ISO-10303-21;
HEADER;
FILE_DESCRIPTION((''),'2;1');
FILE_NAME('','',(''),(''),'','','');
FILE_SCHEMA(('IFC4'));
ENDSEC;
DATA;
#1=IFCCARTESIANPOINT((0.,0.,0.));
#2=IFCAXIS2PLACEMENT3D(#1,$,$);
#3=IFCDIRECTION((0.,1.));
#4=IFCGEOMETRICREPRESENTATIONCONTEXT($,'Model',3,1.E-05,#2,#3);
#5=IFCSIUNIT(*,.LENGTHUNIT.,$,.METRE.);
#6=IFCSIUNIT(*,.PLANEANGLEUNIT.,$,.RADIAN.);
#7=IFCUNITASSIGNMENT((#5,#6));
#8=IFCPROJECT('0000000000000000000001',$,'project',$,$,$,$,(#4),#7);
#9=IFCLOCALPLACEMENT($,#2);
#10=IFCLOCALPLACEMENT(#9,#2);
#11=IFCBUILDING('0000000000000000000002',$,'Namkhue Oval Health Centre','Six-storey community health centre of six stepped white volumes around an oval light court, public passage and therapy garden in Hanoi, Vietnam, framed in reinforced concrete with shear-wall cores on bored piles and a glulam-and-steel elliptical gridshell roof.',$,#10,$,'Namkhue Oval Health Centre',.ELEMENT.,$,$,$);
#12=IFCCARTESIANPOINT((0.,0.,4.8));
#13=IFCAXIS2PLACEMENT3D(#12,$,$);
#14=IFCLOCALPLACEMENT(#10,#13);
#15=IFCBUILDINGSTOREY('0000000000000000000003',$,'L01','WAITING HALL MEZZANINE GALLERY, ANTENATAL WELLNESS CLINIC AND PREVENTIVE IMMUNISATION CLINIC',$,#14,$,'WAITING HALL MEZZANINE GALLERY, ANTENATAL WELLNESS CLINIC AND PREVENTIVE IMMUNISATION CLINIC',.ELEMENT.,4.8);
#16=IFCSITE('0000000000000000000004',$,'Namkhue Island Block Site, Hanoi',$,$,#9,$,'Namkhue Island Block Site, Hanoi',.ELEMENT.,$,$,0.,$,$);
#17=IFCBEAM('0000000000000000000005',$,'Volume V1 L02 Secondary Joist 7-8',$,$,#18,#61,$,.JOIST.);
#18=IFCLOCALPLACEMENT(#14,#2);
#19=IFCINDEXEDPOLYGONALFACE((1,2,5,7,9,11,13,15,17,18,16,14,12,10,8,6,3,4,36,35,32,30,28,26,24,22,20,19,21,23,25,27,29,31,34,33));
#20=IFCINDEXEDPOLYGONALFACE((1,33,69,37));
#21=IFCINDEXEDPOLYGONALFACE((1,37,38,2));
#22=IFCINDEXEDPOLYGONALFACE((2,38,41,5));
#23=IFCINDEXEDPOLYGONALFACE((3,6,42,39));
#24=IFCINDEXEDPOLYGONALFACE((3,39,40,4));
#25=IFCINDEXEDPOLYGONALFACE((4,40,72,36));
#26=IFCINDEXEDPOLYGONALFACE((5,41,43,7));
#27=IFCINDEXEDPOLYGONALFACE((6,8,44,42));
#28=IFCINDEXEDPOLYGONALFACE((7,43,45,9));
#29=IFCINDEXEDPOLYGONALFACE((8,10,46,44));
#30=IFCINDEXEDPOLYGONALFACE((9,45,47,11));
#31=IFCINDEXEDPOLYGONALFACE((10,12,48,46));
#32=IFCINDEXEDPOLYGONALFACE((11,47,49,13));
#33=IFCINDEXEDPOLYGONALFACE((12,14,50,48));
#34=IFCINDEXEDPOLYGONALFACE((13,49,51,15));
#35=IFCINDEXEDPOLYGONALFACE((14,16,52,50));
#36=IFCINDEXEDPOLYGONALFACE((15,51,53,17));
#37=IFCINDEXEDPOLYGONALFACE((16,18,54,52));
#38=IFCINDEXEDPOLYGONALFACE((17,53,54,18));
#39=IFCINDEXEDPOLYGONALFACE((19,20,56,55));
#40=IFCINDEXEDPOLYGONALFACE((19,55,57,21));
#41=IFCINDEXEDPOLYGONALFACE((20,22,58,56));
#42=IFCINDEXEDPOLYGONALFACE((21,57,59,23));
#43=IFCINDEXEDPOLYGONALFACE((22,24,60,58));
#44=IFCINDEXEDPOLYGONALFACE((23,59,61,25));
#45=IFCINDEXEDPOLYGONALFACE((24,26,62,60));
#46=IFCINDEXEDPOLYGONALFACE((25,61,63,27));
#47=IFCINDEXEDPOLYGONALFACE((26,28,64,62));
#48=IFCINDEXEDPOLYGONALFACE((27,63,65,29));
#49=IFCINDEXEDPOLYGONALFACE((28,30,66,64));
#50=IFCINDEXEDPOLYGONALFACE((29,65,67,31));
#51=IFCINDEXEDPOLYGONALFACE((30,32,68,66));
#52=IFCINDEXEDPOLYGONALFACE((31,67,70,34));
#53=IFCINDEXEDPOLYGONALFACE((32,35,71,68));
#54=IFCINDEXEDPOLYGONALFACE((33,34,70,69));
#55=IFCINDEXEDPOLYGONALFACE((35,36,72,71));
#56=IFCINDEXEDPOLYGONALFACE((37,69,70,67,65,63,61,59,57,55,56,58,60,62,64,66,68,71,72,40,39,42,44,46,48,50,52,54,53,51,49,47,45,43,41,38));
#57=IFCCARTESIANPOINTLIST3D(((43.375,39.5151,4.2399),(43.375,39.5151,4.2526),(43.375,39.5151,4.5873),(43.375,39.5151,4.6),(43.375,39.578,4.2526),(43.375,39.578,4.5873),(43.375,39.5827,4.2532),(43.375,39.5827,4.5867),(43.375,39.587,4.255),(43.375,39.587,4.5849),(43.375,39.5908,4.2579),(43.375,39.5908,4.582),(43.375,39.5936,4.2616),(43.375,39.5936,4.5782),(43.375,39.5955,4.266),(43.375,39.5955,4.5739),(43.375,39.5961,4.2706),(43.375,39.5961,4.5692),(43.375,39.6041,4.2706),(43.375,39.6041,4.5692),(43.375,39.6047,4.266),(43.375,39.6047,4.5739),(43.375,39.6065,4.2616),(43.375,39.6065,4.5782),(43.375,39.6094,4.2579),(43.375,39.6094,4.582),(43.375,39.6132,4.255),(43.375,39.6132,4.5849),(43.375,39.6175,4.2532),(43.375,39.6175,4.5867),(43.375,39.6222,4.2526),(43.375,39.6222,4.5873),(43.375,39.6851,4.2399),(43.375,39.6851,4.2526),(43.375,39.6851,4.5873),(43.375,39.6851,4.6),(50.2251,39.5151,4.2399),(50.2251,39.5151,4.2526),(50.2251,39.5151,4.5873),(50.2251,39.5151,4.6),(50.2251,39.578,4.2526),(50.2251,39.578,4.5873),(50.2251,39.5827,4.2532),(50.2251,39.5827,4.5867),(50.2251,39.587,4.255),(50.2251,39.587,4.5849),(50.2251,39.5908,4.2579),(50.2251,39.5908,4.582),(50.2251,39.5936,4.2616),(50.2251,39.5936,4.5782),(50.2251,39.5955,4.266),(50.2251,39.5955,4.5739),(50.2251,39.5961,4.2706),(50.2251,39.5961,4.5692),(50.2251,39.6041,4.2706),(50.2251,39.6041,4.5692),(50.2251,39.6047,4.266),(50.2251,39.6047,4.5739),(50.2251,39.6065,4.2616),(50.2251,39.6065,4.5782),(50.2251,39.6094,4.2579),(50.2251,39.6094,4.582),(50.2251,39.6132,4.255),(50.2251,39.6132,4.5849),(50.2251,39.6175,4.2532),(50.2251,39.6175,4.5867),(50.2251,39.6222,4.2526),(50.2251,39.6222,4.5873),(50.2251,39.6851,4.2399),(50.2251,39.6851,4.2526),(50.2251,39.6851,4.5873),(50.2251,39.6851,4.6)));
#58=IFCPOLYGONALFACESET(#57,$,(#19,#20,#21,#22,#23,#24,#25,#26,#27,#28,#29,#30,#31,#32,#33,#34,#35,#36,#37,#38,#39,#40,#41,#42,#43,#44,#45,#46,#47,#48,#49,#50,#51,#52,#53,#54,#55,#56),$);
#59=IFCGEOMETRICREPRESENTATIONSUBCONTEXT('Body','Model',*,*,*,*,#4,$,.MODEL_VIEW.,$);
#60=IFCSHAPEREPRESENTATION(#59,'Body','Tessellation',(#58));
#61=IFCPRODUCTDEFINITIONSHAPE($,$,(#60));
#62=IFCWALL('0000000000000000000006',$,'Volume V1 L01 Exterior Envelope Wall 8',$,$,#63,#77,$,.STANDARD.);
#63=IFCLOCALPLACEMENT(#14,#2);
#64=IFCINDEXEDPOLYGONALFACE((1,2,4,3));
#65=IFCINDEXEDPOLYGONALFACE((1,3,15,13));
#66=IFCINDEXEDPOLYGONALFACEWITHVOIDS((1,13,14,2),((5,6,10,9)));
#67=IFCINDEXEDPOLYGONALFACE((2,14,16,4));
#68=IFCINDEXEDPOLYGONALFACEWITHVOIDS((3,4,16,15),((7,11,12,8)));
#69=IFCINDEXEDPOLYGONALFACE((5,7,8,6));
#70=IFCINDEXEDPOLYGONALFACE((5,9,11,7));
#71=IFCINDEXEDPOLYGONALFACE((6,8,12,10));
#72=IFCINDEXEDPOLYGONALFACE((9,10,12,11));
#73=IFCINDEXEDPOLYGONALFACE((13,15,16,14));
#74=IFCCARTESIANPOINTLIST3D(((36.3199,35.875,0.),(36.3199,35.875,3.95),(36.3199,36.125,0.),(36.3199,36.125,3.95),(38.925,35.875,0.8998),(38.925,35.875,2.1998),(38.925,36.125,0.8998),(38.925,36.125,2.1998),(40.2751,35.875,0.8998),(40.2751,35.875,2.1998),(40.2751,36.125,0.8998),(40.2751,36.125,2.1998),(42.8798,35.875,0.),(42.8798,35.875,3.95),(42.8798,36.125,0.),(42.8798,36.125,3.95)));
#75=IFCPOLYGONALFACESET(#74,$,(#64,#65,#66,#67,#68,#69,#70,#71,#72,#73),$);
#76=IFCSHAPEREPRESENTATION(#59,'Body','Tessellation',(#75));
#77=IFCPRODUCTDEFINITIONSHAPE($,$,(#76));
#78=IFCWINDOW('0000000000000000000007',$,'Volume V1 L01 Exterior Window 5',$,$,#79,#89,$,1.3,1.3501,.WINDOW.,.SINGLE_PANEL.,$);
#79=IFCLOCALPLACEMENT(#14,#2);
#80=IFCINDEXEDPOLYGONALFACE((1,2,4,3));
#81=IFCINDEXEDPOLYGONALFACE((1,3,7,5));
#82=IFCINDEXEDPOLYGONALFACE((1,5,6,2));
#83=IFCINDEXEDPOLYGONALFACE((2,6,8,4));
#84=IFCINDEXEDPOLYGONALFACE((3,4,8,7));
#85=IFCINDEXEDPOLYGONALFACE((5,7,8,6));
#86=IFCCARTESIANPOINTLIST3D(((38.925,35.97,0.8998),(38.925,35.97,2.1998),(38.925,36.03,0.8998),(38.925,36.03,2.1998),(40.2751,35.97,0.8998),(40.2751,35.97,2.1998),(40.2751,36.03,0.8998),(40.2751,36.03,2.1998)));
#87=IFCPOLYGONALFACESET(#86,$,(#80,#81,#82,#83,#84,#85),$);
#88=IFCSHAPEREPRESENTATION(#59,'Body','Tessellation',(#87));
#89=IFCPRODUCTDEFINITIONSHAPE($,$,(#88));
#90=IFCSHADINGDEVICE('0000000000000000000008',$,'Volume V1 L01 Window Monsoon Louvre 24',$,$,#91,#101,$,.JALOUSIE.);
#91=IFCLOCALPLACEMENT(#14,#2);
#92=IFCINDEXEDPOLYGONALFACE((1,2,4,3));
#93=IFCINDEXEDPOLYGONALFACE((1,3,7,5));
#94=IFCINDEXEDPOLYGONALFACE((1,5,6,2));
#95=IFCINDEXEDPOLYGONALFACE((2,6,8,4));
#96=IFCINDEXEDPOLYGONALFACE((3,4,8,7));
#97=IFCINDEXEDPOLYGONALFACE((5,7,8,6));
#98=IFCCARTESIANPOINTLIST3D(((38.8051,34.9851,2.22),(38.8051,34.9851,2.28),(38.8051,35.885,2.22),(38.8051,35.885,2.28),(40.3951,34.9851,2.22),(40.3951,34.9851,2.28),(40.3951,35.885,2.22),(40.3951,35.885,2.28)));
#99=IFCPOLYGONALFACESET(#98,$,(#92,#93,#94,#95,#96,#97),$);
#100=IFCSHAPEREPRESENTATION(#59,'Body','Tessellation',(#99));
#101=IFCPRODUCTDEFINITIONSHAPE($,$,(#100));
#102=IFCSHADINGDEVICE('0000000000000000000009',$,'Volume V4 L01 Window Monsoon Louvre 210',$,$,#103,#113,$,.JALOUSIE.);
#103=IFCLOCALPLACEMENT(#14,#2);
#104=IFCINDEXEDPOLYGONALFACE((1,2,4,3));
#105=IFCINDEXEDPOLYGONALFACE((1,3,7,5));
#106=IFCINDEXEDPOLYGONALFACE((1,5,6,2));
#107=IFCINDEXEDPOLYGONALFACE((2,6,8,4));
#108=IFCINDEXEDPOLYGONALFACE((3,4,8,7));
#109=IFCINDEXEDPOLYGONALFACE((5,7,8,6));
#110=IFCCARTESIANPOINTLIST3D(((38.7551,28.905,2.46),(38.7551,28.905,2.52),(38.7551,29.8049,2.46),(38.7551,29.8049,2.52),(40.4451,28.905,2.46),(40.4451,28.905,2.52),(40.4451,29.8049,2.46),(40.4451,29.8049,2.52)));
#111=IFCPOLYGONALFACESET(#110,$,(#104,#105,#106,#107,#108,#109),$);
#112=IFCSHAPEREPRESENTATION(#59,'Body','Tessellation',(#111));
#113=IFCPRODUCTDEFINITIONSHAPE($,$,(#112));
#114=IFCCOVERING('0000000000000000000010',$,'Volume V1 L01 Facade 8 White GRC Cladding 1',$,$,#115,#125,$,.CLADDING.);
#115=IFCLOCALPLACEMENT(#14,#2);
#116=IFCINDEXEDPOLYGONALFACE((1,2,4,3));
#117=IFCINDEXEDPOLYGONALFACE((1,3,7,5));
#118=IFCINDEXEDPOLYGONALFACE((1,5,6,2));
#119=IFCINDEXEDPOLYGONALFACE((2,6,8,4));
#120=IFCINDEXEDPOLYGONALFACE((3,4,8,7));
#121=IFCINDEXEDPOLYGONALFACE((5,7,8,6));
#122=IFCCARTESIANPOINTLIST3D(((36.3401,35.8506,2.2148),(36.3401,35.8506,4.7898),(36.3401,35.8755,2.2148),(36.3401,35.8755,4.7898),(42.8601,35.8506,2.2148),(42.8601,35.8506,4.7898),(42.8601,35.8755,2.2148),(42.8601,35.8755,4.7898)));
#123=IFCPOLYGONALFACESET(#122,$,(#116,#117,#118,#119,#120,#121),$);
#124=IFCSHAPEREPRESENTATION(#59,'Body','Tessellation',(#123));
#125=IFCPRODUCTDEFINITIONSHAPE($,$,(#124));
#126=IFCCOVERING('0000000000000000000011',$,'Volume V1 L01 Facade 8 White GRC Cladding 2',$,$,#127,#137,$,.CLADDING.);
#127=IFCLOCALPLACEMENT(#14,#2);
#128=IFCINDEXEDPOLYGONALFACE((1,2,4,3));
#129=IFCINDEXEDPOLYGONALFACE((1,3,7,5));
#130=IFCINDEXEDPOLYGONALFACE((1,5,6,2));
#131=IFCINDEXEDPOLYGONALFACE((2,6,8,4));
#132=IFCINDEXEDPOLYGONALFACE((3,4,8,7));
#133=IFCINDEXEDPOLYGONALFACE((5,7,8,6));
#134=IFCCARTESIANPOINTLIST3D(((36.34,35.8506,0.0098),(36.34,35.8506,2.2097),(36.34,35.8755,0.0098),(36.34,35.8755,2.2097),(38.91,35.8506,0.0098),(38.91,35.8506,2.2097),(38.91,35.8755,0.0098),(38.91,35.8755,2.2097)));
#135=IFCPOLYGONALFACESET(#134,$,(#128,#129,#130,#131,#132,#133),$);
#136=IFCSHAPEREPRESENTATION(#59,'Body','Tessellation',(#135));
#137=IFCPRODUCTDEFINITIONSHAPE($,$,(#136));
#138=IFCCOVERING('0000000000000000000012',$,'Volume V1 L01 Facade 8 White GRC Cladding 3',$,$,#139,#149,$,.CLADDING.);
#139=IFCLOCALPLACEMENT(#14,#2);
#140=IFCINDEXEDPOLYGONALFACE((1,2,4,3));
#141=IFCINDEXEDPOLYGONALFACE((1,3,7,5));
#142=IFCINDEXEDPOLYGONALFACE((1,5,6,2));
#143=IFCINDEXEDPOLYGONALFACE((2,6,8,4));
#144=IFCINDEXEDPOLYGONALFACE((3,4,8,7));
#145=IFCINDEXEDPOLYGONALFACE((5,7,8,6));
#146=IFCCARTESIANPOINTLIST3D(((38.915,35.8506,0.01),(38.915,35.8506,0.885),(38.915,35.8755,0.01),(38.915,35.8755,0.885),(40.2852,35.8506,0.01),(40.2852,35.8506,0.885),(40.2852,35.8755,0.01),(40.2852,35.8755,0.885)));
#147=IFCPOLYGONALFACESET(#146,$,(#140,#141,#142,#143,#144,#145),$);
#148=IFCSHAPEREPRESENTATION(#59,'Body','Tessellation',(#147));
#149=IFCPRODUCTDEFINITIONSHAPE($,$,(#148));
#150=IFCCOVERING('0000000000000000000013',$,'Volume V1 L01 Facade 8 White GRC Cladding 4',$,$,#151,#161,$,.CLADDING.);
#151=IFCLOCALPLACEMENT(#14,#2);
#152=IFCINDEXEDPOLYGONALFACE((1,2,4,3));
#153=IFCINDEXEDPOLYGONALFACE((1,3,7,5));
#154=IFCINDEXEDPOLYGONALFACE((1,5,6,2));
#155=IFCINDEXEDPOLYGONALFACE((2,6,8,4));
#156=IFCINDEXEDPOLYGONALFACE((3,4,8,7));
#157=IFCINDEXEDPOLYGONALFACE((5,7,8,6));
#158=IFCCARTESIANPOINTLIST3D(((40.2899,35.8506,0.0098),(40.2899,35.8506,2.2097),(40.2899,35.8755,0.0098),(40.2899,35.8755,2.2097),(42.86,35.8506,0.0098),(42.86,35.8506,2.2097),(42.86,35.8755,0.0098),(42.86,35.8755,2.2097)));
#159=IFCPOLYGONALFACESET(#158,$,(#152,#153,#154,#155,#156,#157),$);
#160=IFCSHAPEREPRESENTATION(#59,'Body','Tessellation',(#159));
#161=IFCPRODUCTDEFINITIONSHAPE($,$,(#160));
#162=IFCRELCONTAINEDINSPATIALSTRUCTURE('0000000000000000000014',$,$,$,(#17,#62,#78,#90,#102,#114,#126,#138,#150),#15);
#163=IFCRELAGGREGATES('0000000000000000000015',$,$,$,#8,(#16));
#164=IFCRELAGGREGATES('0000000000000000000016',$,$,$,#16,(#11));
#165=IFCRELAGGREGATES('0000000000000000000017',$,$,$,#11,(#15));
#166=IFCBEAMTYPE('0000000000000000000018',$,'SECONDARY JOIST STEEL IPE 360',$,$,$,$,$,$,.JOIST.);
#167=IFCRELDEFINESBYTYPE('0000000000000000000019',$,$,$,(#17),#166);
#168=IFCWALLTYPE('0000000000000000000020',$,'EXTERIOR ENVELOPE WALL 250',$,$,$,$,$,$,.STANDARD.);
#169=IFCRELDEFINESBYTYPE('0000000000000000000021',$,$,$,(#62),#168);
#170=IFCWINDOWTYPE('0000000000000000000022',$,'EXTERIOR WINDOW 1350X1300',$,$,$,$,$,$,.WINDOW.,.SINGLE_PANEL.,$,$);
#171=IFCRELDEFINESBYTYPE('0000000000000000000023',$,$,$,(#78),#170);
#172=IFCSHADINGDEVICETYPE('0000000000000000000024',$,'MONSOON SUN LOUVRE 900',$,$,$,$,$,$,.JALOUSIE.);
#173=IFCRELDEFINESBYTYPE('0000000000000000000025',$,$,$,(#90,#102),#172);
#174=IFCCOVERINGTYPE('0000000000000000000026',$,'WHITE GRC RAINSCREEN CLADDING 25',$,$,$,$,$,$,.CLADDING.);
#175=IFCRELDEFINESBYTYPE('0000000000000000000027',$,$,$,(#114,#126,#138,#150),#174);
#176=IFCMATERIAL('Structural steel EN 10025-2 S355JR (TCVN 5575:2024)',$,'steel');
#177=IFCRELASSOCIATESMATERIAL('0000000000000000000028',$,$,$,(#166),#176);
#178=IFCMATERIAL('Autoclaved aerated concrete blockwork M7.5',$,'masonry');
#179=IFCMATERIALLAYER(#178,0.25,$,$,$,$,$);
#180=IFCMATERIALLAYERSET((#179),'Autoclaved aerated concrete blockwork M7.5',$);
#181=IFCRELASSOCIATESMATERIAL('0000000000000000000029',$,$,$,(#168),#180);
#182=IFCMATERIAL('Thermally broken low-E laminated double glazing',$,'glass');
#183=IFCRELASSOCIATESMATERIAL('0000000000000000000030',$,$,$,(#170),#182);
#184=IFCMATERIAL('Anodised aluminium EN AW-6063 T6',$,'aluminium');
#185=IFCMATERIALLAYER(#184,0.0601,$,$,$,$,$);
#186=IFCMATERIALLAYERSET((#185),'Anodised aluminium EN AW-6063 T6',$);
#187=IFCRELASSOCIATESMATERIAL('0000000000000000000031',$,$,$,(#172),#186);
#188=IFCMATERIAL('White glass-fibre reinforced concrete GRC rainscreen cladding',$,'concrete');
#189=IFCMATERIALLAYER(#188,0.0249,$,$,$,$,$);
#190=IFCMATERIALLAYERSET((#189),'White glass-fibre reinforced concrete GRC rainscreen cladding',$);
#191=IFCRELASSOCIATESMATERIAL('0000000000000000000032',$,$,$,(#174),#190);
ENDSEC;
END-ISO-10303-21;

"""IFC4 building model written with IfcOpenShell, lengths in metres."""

from ifc_helpers import new_model, si_unit, direction, frame, frame_2d, origin, origin_2d, place, context, subcontext, project, spatial, rectangle, i_section, extrude, material, layer, layer_set, material_profile, profile_set, type_object, element, fill, save


model = new_model("IFC4")

# Units and contexts
model_context = context("Model", 3, precision=1e-05, world=origin(), true_north=direction((0.0, 1.0)))
body_context = subcontext(model_context, "Body", "Model", "MODEL_VIEW")
ifc_project = project(units=[si_unit("LENGTHUNIT", "METRE"), si_unit("PLANEANGLEUNIT", "RADIAN")], contexts=[model_context])

# Site, building, storey
site_placement = place(None, origin())
site = spatial("IfcSite", under=ifc_project, at=site_placement, Name="Namkhue Island Block Site, Hanoi", LongName="Namkhue Island Block Site, Hanoi", CompositionType="ELEMENT", RefElevation=0.0)
building_placement = place(site_placement, origin())
building = spatial("IfcBuilding", under=site, at=building_placement, Name="Namkhue Oval Health Centre", Description="Six-storey community health centre of six stepped white volumes around an oval light court, public passage and therapy garden in Hanoi, Vietnam, framed in reinforced concrete with shear-wall cores on bored piles and a glulam-and-steel elliptical gridshell roof.", LongName="Namkhue Oval Health Centre", CompositionType="ELEMENT")
storey_placement = place(building_placement, frame((0.0, 0.0, 4.8)))
storey = spatial("IfcBuildingStorey", under=building, at=storey_placement, Name="L01", Description="WAITING HALL MEZZANINE GALLERY, ANTENATAL WELLNESS CLINIC AND PREVENTIVE IMMUNISATION CLINIC", LongName="WAITING HALL MEZZANINE GALLERY, ANTENATAL WELLNESS CLINIC AND PREVENTIVE IMMUNISATION CLINIC", CompositionType="ELEMENT", Elevation=4.8)

# Shared definitions
ifc_material_1 = material(Name="Anodised aluminium EN AW-6063 T6", Category="aluminium")

# Beam
ifc_material_2 = material(Name="Structural steel EN 10025-2 S355JR (TCVN 5575:2024)", Category="steel")
ifc_material_profile_1 = material_profile(ifc_material_2, i_section(OverallWidth=0.1699, OverallDepth=0.3601, WebThickness=0.0081, FlangeThickness=0.0127, FilletRadius=0.0181, at=origin_2d()), Name="IPE 360")
ifc_profile_set_1 = profile_set([ifc_material_profile_1], Name="Structural steel EN 10025-2 S355JR (TCVN 5575:2024)")
beam_type_1 = type_object("IfcBeamType", Name="SECONDARY JOIST STEEL IPE 360", PredefinedType="JOIST", material=ifc_profile_set_1)
beam_1_placement = place(storey_placement, frame((43.375, 39.6001, 4.4199), z_axis=(1.0, 0.0, 0.0), x_axis=(0.0, 1.0, 0.0)))
element("IfcBeam", 1, at=beam_1_placement, inside=storey, type_object=beam_type_1, Name="Volume V1 L02 Secondary Joist 7-8", PredefinedType="JOIST", context=body_context, shape_type="SweptSolid", body=[
    extrude(i_section(OverallWidth=0.1699, OverallDepth=0.3601, WebThickness=0.0081, FlangeThickness=0.0127, FilletRadius=0.0181, at=origin_2d()), origin(), (0.0, 0.0, 1.0), 6.8501),
])

# Wall, opening, window
ifc_material_3 = material(Name="Autoclaved aerated concrete blockwork M7.5", Category="masonry")
ifc_layer_1 = layer(ifc_material_3, 0.25)
ifc_layer_set_1 = layer_set([ifc_layer_1], Name="Autoclaved aerated concrete blockwork M7.5")
wall_type = type_object("IfcWallType", Name="EXTERIOR ENVELOPE WALL 250", PredefinedType="STANDARD", material=ifc_layer_set_1)
wall_placement = place(storey_placement, frame((36.3201, 36.0, 0.0), z_axis=(0.0, 0.0, 1.0), x_axis=(1.0, 0.0, 0.0)))
wall = element("IfcWall", 2, at=wall_placement, inside=storey, type_object=wall_type, Name="Volume V1 L01 Exterior Envelope Wall 8", PredefinedType="STANDARD", context=body_context, shape_type="SweptSolid", body=[
    extrude(rectangle(XDim=6.5598, YDim=0.25, at=frame_2d((3.2798, 0.0))), origin(), (0.0, 0.0, 1.0), 3.95),
])
opening_placement = place(wall_placement, frame((2.605, 0.0, 0.8999)))
opening = element("IfcOpeningElement", 3, at=opening_placement, cuts=wall, PredefinedType="OPENING", context=body_context, shape_type="SweptSolid", body=[
    extrude(rectangle(XDim=1.3501, YDim=1.3, at=frame_2d((0.675, 0.6499))), frame((0.0, 0.135, 0.0), z_axis=(0.0, -1.0, 0.0), x_axis=(1.0, 0.0, 0.0)), (0.0, 0.0, 1.0), 0.27),
])
ifc_material_4 = material(Name="Thermally broken low-E laminated double glazing", Category="glass")
window_type = type_object("IfcWindowType", Name="EXTERIOR WINDOW 1350X1300", PartitioningType="SINGLE_PANEL", PredefinedType="WINDOW", material=ifc_material_4)
window_placement = place(opening_placement, origin())
window = element("IfcWindow", 4, at=window_placement, inside=storey, type_object=window_type, Name="Volume V1 L01 Exterior Window 5", OverallHeight=1.3, OverallWidth=1.3501, PartitioningType="SINGLE_PANEL", PredefinedType="WINDOW", context=body_context, shape_type="SweptSolid", body=[
    extrude(rectangle(XDim=1.3501, YDim=1.3, at=frame_2d((0.675, 0.6499))), frame((0.0, 0.03, 0.0), z_axis=(0.0, -1.0, 0.0), x_axis=(1.0, 0.0, 0.0)), (0.0, 0.0, 1.0), 0.0601),
])
fill(opening, window)

# Shading devices
ifc_layer_2 = layer(ifc_material_1, 0.0601)
ifc_layer_set_2 = layer_set([ifc_layer_2], Name="Anodised aluminium EN AW-6063 T6")
shading_device_type = type_object("IfcShadingDeviceType", Name="MONSOON SUN LOUVRE 900", PredefinedType="JALOUSIE", material=ifc_layer_set_2)
shading_device_1_placement = place(storey_placement, frame((39.6001, 35.4351, 2.22), z_axis=(0.0, 0.0, 1.0), x_axis=(1.0, 0.0, 0.0)))
element("IfcShadingDevice", 5, at=shading_device_1_placement, inside=storey, type_object=shading_device_type, Name="Volume V1 L01 Window Monsoon Louvre 24", PredefinedType="JALOUSIE", context=body_context, shape_type="SweptSolid", body=[
    extrude(rectangle(XDim=1.5901, YDim=0.8999, at=origin_2d()), origin(), (0.0, 0.0, 1.0), 0.0601),
])
shading_device_2_placement = place(storey_placement, frame((39.6001, 29.355, 2.46), z_axis=(0.0, 0.0, 1.0), x_axis=(-1.0, 0.0, 0.0)))
element("IfcShadingDevice", 6, at=shading_device_2_placement, inside=storey, type_object=shading_device_type, Name="Volume V4 L01 Window Monsoon Louvre 210", PredefinedType="JALOUSIE", context=body_context, shape_type="SweptSolid", body=[
    extrude(rectangle(XDim=1.6899, YDim=0.8999, at=origin_2d()), origin(), (0.0, 0.0, 1.0), 0.0601),
])

# Coverings
ifc_material_5 = material(Name="White glass-fibre reinforced concrete GRC rainscreen cladding", Category="concrete")
ifc_layer_3 = layer(ifc_material_5, 0.0249)
ifc_layer_set_3 = layer_set([ifc_layer_3], Name="White glass-fibre reinforced concrete GRC rainscreen cladding")
covering_type = type_object("IfcCoveringType", Name="WHITE GRC RAINSCREEN CLADDING 25", PredefinedType="CLADDING", material=ifc_layer_set_3)
covering_1_placement = place(storey_placement, frame((39.6001, 35.863, 2.2148), z_axis=(0.0, 0.0, 1.0), x_axis=(1.0, 0.0, 0.0)))
element("IfcCovering", 7, at=covering_1_placement, inside=storey, type_object=covering_type, Name="Volume V1 L01 Facade 8 White GRC Cladding 1", PredefinedType="CLADDING", context=body_context, shape_type="SweptSolid", body=[
    extrude(rectangle(XDim=6.52, YDim=0.0249, at=origin_2d()), origin(), (0.0, 0.0, 1.0), 2.575),
])
covering_2_placement = place(storey_placement, frame((37.625, 35.863, 0.0098), z_axis=(0.0, 0.0, 1.0), x_axis=(1.0, 0.0, 0.0)))
element("IfcCovering", 8, at=covering_2_placement, inside=storey, type_object=covering_type, Name="Volume V1 L01 Facade 8 White GRC Cladding 2", PredefinedType="CLADDING", context=body_context, shape_type="SweptSolid", body=[
    extrude(rectangle(XDim=2.5701, YDim=0.0249, at=origin_2d()), origin(), (0.0, 0.0, 1.0), 2.2),
])
covering_3_placement = place(storey_placement, frame((39.6001, 35.863, 0.01), z_axis=(0.0, 0.0, 1.0), x_axis=(1.0, 0.0, 0.0)))
element("IfcCovering", 9, at=covering_3_placement, inside=storey, type_object=covering_type, Name="Volume V1 L01 Facade 8 White GRC Cladding 3", PredefinedType="CLADDING", context=body_context, shape_type="SweptSolid", body=[
    extrude(rectangle(XDim=1.3701, YDim=0.0249, at=origin_2d()), origin(), (0.0, 0.0, 1.0), 0.875),
])
covering_4_placement = place(storey_placement, frame((41.575, 35.863, 0.0098), z_axis=(0.0, 0.0, 1.0), x_axis=(1.0, 0.0, 0.0)))
element("IfcCovering", 10, at=covering_4_placement, inside=storey, type_object=covering_type, Name="Volume V1 L01 Facade 8 White GRC Cladding 4", PredefinedType="CLADDING", context=body_context, shape_type="SweptSolid", body=[
    extrude(rectangle(XDim=2.5701, YDim=0.0249, at=origin_2d()), origin(), (0.0, 0.0, 1.0), 2.2),
])

save(model, "model.ifc")
